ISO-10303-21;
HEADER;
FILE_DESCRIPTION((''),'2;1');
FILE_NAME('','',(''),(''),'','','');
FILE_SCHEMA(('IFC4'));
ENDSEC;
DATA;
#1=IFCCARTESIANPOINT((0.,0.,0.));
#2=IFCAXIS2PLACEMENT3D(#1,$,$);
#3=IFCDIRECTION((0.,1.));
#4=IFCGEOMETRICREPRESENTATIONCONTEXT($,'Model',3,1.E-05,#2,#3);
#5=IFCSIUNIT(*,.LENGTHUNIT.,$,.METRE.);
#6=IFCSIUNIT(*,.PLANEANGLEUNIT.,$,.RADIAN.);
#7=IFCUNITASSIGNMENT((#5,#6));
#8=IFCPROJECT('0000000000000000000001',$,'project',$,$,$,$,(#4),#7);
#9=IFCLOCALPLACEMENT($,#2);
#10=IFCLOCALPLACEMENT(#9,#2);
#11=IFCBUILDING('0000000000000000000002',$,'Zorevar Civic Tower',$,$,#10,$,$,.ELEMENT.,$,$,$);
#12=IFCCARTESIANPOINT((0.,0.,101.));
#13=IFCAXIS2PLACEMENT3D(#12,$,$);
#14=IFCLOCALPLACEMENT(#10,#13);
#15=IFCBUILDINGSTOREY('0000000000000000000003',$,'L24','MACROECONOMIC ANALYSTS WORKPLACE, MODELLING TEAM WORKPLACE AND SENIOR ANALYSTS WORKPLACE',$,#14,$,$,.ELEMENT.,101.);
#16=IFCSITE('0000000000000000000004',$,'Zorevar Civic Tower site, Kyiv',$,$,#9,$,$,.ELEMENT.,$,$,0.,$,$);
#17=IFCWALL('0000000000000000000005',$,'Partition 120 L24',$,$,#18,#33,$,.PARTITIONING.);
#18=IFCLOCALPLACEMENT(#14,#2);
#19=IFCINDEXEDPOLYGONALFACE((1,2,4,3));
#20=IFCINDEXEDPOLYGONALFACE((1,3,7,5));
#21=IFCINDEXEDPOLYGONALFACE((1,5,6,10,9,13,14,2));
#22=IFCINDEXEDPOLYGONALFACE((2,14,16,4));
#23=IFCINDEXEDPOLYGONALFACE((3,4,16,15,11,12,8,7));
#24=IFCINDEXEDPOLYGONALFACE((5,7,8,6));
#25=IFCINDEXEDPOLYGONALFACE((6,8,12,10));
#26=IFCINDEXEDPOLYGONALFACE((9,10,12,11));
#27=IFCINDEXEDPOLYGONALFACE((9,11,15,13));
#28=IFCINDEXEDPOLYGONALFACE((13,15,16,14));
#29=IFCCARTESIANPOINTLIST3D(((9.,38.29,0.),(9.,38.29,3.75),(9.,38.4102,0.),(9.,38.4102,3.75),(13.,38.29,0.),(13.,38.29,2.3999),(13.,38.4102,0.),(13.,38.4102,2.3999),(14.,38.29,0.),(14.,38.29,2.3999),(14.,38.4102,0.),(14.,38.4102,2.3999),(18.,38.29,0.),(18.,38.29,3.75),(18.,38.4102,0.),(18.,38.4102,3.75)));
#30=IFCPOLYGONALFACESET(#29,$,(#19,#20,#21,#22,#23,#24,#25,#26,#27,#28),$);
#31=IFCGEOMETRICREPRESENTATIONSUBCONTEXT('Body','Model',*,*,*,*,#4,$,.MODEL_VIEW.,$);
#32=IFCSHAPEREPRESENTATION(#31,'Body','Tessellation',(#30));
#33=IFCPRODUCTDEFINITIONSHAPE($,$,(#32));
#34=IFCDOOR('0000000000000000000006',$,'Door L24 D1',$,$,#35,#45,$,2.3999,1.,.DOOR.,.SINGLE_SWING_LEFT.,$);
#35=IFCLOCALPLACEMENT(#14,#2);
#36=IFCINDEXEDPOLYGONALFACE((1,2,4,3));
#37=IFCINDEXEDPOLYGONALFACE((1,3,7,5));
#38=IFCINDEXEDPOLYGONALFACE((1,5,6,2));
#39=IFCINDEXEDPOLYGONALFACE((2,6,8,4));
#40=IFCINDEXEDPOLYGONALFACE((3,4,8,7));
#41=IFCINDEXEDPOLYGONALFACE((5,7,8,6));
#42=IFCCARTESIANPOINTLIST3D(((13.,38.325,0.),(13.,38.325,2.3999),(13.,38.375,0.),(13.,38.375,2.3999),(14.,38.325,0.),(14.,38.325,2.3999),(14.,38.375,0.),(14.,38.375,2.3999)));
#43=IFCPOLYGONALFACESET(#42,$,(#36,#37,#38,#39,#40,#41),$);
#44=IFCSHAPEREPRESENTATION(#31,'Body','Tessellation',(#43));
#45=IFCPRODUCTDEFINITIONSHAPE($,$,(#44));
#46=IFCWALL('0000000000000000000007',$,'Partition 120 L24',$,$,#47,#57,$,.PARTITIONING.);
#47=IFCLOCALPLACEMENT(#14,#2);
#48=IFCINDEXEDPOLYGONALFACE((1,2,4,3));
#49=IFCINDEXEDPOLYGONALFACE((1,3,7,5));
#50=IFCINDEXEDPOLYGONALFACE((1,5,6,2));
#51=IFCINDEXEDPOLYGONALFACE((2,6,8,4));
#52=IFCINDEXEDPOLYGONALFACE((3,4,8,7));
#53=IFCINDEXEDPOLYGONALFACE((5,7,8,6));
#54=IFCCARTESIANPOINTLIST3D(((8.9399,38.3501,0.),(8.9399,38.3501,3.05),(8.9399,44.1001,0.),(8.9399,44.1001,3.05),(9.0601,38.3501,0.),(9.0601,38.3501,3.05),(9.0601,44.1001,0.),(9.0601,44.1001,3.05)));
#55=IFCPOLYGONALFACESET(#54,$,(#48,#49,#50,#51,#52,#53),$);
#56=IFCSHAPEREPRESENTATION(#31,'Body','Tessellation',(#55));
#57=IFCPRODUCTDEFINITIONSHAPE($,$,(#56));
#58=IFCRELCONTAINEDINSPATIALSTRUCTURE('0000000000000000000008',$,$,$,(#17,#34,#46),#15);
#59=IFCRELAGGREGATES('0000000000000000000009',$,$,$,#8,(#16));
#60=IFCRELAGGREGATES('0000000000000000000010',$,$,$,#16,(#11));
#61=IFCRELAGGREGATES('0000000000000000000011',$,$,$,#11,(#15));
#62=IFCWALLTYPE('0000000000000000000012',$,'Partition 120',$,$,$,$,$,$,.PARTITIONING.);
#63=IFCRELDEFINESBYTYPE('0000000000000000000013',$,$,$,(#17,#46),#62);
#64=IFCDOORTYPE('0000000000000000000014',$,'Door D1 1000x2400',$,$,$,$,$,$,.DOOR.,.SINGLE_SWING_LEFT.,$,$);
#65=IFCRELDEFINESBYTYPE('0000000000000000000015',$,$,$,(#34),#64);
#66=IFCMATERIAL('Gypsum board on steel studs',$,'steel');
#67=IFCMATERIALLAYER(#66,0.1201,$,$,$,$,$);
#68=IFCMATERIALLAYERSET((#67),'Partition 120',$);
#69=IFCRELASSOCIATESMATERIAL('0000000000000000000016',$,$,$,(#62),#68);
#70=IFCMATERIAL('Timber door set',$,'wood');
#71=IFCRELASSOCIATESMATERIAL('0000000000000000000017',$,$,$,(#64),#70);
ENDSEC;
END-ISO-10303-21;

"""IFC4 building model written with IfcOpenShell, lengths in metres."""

from ifc_helpers import new_model, si_unit, direction, frame, frame_2d, origin, place, context, subcontext, project, spatial, rectangle, extrude, material, layer, layer_set, type_object, element, fill, save


model = new_model("IFC4")

# Units and contexts
model_context = context("Model", 3, precision=1e-05, world=origin(), true_north=direction((0.0, 1.0)))
body_context = subcontext(model_context, "Body", "Model", "MODEL_VIEW")
ifc_project = project(units=[si_unit("LENGTHUNIT", "METRE"), si_unit("PLANEANGLEUNIT", "RADIAN")], contexts=[model_context])

# Site, building, storey
site_placement = place(None, origin())
site = spatial("IfcSite", under=ifc_project, at=site_placement, Name="Zorevar Civic Tower site, Kyiv", CompositionType="ELEMENT", RefElevation=0.0)
building_placement = place(site_placement, origin())
building = spatial("IfcBuilding", under=site, at=building_placement, Name="Zorevar Civic Tower", CompositionType="ELEMENT")
storey_placement = place(building_placement, frame((0.0, 0.0, 101.0)))
storey = spatial("IfcBuildingStorey", under=building, at=storey_placement, Name="L24", Description="MACROECONOMIC ANALYSTS WORKPLACE, MODELLING TEAM WORKPLACE AND SENIOR ANALYSTS WORKPLACE", CompositionType="ELEMENT", Elevation=101.0)

# Wall, opening, door
ifc_material_1 = material(Name="Gypsum board on steel studs", Category="steel")
ifc_layer_1 = layer(ifc_material_1, 0.1201)
ifc_layer_set_1 = layer_set([ifc_layer_1], Name="Partition 120")
wall_type_1 = type_object("IfcWallType", Name="Partition 120", PredefinedType="PARTITIONING", material=ifc_layer_set_1)
wall_1_placement = place(storey_placement, frame((9.0, 38.3501, 0.0), z_axis=(0.0, 0.0, 1.0), x_axis=(1.0, 0.0, 0.0)))
wall_1 = element("IfcWall", 1, at=wall_1_placement, inside=storey, type_object=wall_type_1, Name="Partition 120 L24", PredefinedType="PARTITIONING", context=body_context, shape_type="SweptSolid", body=[
    extrude(rectangle(XDim=9.0, YDim=0.1201, at=frame_2d((4.5, 0.0))), origin(), (0.0, 0.0, 1.0), 3.75),
])
opening_placement = place(wall_1_placement, frame((4.0, 0.0, 0.0)))
opening = element("IfcOpeningElement", 2, at=opening_placement, cuts=wall_1, PredefinedType="OPENING", context=body_context, shape_type="SweptSolid", body=[
    extrude(rectangle(XDim=1.0, YDim=2.3999, at=frame_2d((0.5, 1.2))), frame((0.0, 0.0701, 0.0), z_axis=(0.0, -1.0, 0.0), x_axis=(1.0, 0.0, 0.0)), (0.0, 0.0, 1.0), 0.1401),
])
ifc_material_2 = material(Name="Timber door set", Category="wood")
door_type = type_object("IfcDoorType", Name="Door D1 1000x2400", OperationType="SINGLE_SWING_LEFT", PredefinedType="DOOR", material=ifc_material_2)
door_placement = place(opening_placement, origin())
door = element("IfcDoor", 3, at=door_placement, inside=storey, type_object=door_type, Name="Door L24 D1", OperationType="SINGLE_SWING_LEFT", OverallHeight=2.3999, OverallWidth=1.0, PredefinedType="DOOR", context=body_context, shape_type="SweptSolid", body=[
    extrude(rectangle(XDim=1.0, YDim=2.3999, at=frame_2d((0.5, 1.2))), frame((0.0, 0.0249, 0.0), z_axis=(0.0, -1.0, 0.0), x_axis=(1.0, 0.0, 0.0)), (0.0, 0.0, 1.0), 0.05),
])
fill(opening, door)

# Wall
wall_2_placement = place(storey_placement, frame((9.0, 38.3501, 0.0), z_axis=(0.0, 0.0, 1.0), x_axis=(0.0, 1.0, 0.0)))
element("IfcWall", 4, at=wall_2_placement, inside=storey, type_object=wall_type_1, Name="Partition 120 L24", PredefinedType="PARTITIONING", context=body_context, shape_type="SweptSolid", body=[
    extrude(rectangle(XDim=5.75, YDim=0.1201, at=frame_2d((2.875, 0.0))), origin(), (0.0, 0.0, 1.0), 3.05),
])

save(model, "model.ifc")
